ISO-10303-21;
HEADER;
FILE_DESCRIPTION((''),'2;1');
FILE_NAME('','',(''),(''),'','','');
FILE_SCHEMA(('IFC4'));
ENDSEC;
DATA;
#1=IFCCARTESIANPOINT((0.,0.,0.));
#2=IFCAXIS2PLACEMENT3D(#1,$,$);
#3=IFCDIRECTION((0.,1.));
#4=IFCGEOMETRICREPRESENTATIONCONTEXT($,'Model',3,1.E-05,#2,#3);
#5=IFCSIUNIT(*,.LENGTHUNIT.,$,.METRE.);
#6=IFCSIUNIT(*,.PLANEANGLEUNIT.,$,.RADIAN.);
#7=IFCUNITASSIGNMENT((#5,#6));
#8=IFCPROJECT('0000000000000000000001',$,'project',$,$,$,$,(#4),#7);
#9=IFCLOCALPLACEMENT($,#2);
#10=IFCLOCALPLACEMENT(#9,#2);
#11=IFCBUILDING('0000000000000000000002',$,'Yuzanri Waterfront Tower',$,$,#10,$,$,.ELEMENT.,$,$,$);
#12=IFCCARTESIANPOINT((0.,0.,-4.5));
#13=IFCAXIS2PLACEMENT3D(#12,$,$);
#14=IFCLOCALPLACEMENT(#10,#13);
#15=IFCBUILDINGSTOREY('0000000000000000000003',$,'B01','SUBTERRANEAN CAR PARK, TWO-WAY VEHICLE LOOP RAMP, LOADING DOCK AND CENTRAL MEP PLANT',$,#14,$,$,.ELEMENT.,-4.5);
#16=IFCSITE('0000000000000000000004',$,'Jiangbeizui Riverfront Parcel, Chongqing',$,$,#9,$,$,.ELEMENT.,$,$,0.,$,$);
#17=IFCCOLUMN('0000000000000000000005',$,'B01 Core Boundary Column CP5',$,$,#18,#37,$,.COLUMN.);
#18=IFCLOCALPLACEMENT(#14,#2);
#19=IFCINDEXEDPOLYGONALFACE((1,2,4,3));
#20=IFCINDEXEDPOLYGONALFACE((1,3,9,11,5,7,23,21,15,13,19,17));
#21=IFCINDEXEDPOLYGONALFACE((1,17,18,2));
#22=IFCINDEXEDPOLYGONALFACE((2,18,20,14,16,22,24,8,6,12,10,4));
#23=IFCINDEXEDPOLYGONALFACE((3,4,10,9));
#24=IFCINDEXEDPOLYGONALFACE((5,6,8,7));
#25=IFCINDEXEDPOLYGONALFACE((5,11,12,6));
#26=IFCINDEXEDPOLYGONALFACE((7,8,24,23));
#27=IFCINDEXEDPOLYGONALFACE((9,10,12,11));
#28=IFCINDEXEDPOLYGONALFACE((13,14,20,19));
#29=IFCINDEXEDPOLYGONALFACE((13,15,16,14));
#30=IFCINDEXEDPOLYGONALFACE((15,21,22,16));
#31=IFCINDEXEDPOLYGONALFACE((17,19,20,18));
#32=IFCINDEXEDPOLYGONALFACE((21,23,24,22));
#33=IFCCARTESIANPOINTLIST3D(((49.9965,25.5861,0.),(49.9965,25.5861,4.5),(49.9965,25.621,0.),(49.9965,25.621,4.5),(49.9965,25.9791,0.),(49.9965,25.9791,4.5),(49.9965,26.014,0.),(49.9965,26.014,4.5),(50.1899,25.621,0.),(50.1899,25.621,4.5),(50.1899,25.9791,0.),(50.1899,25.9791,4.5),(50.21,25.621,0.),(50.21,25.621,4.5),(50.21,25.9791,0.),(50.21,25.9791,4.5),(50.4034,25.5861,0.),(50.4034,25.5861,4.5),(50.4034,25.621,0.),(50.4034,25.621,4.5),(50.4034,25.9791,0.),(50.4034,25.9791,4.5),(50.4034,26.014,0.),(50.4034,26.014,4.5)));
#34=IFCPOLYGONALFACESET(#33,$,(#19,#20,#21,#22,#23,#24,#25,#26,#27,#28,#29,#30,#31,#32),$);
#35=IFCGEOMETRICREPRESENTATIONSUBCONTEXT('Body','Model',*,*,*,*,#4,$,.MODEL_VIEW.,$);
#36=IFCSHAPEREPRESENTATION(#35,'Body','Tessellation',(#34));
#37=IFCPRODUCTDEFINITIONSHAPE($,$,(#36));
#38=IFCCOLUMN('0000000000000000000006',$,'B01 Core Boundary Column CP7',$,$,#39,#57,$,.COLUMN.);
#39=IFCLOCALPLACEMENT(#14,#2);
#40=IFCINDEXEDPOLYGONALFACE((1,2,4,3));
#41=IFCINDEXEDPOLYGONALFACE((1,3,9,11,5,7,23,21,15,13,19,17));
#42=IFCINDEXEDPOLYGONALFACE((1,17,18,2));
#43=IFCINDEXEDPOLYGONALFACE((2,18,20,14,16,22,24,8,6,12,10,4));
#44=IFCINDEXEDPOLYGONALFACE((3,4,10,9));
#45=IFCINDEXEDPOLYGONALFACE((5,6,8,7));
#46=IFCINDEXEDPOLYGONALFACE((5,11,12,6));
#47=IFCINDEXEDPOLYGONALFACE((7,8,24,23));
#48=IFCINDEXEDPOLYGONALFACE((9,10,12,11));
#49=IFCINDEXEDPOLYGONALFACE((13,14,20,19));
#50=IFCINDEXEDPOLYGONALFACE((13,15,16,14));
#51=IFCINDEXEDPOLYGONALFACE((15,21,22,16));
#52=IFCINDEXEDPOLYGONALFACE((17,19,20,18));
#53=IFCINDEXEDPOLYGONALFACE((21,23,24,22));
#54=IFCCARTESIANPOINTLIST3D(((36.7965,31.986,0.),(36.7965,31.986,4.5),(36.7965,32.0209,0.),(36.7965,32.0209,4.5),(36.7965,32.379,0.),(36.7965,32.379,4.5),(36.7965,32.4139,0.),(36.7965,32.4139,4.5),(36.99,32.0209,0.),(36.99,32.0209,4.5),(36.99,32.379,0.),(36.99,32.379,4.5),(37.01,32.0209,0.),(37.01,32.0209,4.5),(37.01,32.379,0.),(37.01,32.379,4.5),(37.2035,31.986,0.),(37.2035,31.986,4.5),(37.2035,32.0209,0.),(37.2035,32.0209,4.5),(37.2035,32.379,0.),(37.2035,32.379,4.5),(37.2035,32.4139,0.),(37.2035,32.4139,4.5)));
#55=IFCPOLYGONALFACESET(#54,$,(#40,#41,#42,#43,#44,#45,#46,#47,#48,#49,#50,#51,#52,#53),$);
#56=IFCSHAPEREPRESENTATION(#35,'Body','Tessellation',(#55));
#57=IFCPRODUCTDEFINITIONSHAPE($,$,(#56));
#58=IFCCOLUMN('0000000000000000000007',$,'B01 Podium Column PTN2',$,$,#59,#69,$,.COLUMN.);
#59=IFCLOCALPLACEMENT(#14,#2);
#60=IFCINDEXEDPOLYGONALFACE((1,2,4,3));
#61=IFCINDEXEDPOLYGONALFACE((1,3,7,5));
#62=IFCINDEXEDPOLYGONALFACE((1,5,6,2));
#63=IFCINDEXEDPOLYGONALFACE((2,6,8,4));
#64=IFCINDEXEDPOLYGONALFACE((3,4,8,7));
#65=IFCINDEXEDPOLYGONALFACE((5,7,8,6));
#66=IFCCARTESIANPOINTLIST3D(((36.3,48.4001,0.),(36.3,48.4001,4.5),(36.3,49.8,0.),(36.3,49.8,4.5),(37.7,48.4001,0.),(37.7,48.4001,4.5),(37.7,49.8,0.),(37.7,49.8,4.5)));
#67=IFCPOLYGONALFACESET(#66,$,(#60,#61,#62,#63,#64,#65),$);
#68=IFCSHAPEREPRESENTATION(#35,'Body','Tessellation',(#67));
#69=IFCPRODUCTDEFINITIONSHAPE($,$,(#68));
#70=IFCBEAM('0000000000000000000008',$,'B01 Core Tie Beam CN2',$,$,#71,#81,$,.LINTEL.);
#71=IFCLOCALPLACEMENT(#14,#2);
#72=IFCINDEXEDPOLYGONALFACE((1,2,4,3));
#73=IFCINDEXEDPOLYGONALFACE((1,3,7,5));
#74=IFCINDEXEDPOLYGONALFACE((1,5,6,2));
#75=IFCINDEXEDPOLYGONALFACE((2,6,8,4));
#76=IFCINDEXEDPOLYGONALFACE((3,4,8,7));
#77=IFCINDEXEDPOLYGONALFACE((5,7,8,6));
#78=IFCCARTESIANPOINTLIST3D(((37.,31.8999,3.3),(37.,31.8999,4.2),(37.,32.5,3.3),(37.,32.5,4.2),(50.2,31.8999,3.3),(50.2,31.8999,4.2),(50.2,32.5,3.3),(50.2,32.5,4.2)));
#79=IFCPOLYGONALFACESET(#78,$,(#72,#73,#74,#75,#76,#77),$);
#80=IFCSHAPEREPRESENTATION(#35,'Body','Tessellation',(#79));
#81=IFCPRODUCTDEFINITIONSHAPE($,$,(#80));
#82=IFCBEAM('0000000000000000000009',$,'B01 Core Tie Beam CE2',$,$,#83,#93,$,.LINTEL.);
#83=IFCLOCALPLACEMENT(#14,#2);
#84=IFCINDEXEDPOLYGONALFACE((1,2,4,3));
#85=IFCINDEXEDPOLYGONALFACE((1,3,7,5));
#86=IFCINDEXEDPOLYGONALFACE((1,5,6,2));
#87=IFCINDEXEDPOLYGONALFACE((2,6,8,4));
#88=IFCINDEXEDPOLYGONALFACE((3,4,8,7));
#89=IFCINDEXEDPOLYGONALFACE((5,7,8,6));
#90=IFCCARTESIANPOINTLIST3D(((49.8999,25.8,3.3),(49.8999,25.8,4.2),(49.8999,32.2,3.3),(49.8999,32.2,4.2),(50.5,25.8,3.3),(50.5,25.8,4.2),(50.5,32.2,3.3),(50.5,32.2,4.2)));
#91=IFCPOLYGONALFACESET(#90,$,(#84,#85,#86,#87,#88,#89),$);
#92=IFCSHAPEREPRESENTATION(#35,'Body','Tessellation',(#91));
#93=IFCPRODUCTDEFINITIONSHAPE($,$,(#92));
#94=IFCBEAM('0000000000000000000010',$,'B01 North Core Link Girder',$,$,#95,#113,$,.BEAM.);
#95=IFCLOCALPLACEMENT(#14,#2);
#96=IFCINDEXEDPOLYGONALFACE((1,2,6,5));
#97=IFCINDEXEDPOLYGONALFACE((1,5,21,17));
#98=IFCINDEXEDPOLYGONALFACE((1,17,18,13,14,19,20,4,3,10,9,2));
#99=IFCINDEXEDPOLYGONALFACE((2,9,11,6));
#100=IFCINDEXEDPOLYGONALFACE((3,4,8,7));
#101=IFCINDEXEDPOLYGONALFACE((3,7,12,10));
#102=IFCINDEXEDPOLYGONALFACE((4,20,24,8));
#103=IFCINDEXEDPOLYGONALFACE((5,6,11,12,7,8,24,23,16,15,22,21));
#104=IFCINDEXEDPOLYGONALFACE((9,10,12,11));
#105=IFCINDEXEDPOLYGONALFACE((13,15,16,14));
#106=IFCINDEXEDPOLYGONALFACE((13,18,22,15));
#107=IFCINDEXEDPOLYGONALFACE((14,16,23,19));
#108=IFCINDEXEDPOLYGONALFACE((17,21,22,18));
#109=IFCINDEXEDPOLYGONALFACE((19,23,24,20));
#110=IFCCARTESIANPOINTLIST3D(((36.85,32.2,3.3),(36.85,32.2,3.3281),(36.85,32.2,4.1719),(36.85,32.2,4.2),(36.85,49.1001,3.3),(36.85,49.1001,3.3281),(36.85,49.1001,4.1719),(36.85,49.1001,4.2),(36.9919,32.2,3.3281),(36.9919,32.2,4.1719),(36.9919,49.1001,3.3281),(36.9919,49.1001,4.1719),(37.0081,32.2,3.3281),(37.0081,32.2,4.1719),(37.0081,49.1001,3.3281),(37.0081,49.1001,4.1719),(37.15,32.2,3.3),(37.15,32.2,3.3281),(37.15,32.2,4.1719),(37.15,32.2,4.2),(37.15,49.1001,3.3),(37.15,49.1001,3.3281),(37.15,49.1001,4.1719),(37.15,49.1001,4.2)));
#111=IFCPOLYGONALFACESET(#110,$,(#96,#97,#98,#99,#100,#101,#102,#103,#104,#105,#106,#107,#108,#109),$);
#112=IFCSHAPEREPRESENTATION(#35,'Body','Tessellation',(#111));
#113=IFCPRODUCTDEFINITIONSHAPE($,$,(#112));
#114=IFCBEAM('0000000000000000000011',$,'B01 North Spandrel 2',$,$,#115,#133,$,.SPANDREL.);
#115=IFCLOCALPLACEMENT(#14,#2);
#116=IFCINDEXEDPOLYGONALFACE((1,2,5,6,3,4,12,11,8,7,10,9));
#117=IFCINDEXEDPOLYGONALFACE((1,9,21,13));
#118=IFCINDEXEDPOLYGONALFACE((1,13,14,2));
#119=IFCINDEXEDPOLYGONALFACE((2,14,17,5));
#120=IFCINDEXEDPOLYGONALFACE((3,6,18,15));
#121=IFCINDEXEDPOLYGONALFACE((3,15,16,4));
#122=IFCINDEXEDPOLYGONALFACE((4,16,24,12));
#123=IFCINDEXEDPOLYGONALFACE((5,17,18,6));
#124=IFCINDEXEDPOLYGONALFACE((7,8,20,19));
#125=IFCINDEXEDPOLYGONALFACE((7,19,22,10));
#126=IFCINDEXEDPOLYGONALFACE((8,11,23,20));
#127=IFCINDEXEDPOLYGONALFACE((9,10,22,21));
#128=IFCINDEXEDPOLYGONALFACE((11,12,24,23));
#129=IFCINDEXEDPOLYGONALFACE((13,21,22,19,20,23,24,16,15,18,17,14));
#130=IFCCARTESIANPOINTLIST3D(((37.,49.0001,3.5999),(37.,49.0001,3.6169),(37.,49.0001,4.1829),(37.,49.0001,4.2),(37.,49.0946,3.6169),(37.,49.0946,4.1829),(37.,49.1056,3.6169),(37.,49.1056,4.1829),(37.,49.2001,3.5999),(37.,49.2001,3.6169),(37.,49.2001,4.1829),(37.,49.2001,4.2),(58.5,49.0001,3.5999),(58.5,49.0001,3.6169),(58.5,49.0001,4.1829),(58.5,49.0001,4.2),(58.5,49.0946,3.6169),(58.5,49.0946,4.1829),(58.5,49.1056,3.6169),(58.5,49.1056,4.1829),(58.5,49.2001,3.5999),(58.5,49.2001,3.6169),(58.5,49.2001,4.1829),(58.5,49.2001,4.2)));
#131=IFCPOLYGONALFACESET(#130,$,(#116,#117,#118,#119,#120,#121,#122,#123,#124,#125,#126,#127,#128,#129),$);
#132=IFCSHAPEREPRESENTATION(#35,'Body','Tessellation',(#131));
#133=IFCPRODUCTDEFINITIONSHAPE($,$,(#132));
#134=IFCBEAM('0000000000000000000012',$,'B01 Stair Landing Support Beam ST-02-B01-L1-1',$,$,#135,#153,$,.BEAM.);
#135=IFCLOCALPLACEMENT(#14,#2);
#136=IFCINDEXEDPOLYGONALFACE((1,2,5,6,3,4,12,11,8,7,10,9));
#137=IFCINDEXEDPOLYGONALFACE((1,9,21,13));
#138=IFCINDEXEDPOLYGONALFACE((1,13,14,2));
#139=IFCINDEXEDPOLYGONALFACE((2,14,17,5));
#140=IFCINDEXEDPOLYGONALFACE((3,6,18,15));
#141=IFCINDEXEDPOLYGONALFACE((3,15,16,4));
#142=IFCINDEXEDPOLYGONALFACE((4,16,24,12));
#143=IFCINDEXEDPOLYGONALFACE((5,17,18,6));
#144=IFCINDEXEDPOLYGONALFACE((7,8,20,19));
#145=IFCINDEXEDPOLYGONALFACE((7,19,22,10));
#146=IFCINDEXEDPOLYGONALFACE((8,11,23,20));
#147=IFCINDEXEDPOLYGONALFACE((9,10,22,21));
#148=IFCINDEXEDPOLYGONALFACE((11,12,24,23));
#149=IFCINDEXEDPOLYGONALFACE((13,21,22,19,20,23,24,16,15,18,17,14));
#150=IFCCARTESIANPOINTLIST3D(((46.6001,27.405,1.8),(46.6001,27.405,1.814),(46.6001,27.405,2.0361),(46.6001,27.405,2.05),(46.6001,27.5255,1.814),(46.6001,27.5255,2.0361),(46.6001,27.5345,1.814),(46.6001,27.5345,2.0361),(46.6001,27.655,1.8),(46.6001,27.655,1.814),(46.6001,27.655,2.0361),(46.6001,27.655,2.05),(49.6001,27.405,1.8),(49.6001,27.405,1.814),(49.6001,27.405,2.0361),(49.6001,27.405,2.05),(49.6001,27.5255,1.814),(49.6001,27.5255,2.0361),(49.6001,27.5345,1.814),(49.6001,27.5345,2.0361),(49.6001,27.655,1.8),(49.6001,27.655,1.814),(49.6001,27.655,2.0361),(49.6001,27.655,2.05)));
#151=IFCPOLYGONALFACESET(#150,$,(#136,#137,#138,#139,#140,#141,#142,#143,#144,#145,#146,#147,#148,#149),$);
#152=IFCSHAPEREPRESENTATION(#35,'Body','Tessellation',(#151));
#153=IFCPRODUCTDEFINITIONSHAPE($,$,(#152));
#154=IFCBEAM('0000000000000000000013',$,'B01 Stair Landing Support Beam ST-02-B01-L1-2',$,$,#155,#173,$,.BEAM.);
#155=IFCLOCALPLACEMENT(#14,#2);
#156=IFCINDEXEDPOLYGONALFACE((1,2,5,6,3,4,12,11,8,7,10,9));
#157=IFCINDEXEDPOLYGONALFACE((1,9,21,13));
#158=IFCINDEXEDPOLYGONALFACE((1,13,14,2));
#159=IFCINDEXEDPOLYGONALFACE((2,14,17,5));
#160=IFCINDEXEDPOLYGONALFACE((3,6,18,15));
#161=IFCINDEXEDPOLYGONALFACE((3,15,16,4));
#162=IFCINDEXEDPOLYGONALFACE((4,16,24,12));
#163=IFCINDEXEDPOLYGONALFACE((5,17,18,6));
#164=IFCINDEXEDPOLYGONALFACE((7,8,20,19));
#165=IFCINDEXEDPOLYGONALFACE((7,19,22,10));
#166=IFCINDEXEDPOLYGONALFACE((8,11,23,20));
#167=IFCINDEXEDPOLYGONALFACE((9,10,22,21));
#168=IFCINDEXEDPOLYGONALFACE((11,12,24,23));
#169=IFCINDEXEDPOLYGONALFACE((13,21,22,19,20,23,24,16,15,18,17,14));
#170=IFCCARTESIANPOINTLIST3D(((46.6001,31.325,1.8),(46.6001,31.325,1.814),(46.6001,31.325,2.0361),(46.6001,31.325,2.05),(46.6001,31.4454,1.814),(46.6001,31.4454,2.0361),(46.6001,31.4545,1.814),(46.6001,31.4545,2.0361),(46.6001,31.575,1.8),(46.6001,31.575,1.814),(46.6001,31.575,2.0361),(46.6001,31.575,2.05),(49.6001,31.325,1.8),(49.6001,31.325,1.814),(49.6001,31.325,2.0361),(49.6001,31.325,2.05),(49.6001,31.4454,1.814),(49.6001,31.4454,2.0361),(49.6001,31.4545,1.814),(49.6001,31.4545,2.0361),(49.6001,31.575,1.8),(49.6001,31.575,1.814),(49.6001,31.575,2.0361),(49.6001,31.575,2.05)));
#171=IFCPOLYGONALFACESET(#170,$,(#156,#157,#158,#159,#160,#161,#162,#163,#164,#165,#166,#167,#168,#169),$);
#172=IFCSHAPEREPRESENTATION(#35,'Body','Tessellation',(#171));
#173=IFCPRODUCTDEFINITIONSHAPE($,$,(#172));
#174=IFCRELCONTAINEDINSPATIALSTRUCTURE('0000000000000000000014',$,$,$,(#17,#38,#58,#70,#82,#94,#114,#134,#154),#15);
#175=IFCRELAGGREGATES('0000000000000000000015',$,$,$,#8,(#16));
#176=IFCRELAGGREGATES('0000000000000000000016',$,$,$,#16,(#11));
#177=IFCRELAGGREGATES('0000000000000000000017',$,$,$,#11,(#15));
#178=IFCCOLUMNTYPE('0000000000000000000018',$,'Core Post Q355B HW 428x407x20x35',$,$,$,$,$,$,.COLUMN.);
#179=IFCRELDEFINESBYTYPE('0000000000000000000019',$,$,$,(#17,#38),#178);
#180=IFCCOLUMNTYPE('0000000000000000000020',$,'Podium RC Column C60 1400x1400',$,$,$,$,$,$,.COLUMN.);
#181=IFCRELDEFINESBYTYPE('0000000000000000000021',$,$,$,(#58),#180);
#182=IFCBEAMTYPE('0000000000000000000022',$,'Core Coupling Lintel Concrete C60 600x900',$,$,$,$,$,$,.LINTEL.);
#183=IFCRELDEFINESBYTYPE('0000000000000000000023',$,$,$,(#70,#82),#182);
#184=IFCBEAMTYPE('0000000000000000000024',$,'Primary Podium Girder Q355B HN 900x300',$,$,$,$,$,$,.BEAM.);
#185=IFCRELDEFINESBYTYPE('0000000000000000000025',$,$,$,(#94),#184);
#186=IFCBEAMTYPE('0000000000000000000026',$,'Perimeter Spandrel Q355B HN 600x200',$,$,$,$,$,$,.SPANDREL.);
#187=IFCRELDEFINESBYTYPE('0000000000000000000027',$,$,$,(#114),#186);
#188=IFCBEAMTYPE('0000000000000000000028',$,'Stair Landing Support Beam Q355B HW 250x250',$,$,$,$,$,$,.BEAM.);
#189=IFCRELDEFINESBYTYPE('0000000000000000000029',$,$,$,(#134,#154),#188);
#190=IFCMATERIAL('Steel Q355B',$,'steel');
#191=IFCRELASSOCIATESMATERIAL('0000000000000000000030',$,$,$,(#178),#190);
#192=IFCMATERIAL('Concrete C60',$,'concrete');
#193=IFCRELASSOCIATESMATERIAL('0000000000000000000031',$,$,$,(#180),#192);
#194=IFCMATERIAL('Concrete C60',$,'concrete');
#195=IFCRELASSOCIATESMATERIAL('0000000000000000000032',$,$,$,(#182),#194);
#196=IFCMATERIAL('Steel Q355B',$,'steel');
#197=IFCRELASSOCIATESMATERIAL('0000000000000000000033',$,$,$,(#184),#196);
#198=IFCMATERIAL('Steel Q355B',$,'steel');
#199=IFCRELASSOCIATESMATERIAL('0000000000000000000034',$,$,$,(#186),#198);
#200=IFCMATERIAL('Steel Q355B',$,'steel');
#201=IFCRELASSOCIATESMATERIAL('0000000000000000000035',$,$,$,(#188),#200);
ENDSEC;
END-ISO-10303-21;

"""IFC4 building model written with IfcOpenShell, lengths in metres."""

from ifc_helpers import new_model, si_unit, direction, frame, origin, origin_2d, place, context, subcontext, project, spatial, rectangle, i_section, extrude, source, transform, mapped, material, material_profile, profile_set, type_object, element, save


model = new_model("IFC4")

# Units and contexts
model_context = context("Model", 3, precision=1e-05, world=origin(), true_north=direction((0.0, 1.0)))
body_context = subcontext(model_context, "Body", "Model", "MODEL_VIEW")
ifc_project = project(units=[si_unit("LENGTHUNIT", "METRE"), si_unit("PLANEANGLEUNIT", "RADIAN")], contexts=[model_context])

# Site, building, storey
site_placement = place(None, origin())
site = spatial("IfcSite", under=ifc_project, at=site_placement, Name="Jiangbeizui Riverfront Parcel, Chongqing", CompositionType="ELEMENT", RefElevation=0.0)
building_placement = place(site_placement, origin())
building = spatial("IfcBuilding", under=site, at=building_placement, Name="Yuzanri Waterfront Tower", CompositionType="ELEMENT")
storey_placement = place(building_placement, frame((0.0, 0.0, -4.5)))
storey = spatial("IfcBuildingStorey", under=building, at=storey_placement, Name="B01", Description="SUBTERRANEAN CAR PARK, TWO-WAY VEHICLE LOOP RAMP, LOADING DOCK AND CENTRAL MEP PLANT", CompositionType="ELEMENT", Elevation=-4.5)

# Columns
ifc_material_1 = material(Name="Steel Q355B", Category="steel")
ifc_material_profile_1 = material_profile(ifc_material_1, i_section(OverallWidth=0.407, OverallDepth=0.428, WebThickness=0.02, FlangeThickness=0.0349, at=origin_2d()), Name="HW 428x407x20x35")
ifc_profile_set_1 = profile_set([ifc_material_profile_1], Name="Steel Q355B")
column_type_1 = type_object("IfcColumnType", Name="Core Post Q355B HW 428x407x20x35", PredefinedType="COLUMN", material=ifc_profile_set_1)
shared_shape_1 = source(origin(), body_context, "Body", "SweptSolid", [
    extrude(i_section(OverallWidth=0.407, OverallDepth=0.428, WebThickness=0.02, FlangeThickness=0.0349, at=origin_2d()), origin(), (0.0, 0.0, 1.0), 4.5),
])
for number, where, z_axis, x_axis, name in (
    (1, (50.2, 25.8, 0.0), (0.0, 0.0, 1.0), (1.0, 0.0, 0.0), "B01 Core Boundary Column CP5"),
    (2, (37.0, 32.2, 0.0), (0.0, 0.0, 1.0), (1.0, 0.0, 0.0), "B01 Core Boundary Column CP7"),
):
    element("IfcColumn", number, at=place(storey_placement, frame(where, z_axis=z_axis, x_axis=x_axis)), inside=storey, type_object=column_type_1, Name=name, PredefinedType="COLUMN", context=body_context, shape_type="MappedRepresentation", body=[
        mapped(shared_shape_1, transform((0.0, 0.0, 0.0), scale=1.0)),
    ])
ifc_material_2 = material(Name="Concrete C60", Category="concrete")
ifc_material_profile_2 = material_profile(ifc_material_2, rectangle(XDim=1.3999, YDim=1.3999, at=origin_2d()), Name="RC 1400x1400")
ifc_profile_set_2 = profile_set([ifc_material_profile_2], Name="Concrete C60")
column_type_2 = type_object("IfcColumnType", Name="Podium RC Column C60 1400x1400", PredefinedType="COLUMN", material=ifc_profile_set_2)
shared_shape_2 = source(origin(), body_context, "Body", "SweptSolid", [
    extrude(rectangle(XDim=1.3999, YDim=1.3999, at=origin_2d()), origin(), (0.0, 0.0, 1.0), 4.5),
])
column_placement = place(storey_placement, frame((37.0, 49.1001, 0.0), z_axis=(0.0, 0.0, 1.0), x_axis=(1.0, 0.0, 0.0)))
element("IfcColumn", 3, at=column_placement, inside=storey, type_object=column_type_2, Name="B01 Podium Column PTN2", PredefinedType="COLUMN", context=body_context, shape_type="MappedRepresentation", body=[
    mapped(shared_shape_2, transform((0.0, 0.0, 0.0), scale=1.0)),
])

# Beams
ifc_material_3 = material(Name="Concrete C60", Category="concrete")
ifc_material_profile_3 = material_profile(ifc_material_3, rectangle(XDim=0.6001, YDim=0.8999, at=origin_2d()), Name="RC 600x900")
ifc_profile_set_3 = profile_set([ifc_material_profile_3], Name="Concrete C60")
beam_type_1 = type_object("IfcBeamType", Name="Core Coupling Lintel Concrete C60 600x900", PredefinedType="LINTEL", material=ifc_profile_set_3)
shared_shape_3 = source(origin(), body_context, "Body", "SweptSolid", [
    extrude(rectangle(XDim=0.6001, YDim=0.8999, at=origin_2d()), origin(), (0.0, 0.0, 1.0), 13.2),
])
beam_1_placement = place(storey_placement, frame((37.0, 32.2, 3.75), z_axis=(1.0, 0.0, 0.0), x_axis=(0.0, 1.0, 0.0)))
element("IfcBeam", 4, at=beam_1_placement, inside=storey, type_object=beam_type_1, Name="B01 Core Tie Beam CN2", PredefinedType="LINTEL", context=body_context, shape_type="MappedRepresentation", body=[
    mapped(shared_shape_3, transform((0.0, 0.0, 0.0), scale=1.0)),
])
shared_shape_4 = source(origin(), body_context, "Body", "SweptSolid", [
    extrude(rectangle(XDim=0.6001, YDim=0.8999, at=origin_2d()), origin(), (0.0, 0.0, 1.0), 6.3999),
])
beam_2_placement = place(storey_placement, frame((50.2, 25.8, 3.75), z_axis=(0.0, 1.0, 0.0), x_axis=(-1.0, 0.0, 0.0)))
element("IfcBeam", 5, at=beam_2_placement, inside=storey, type_object=beam_type_1, Name="B01 Core Tie Beam CE2", PredefinedType="LINTEL", context=body_context, shape_type="MappedRepresentation", body=[
    mapped(shared_shape_4, transform((0.0, 0.0, 0.0), scale=1.0)),
])
ifc_material_4 = material(Name="Steel Q355B", Category="steel")
ifc_material_profile_4 = material_profile(ifc_material_4, i_section(OverallWidth=0.3, OverallDepth=0.8999, WebThickness=0.0161, FlangeThickness=0.0281, at=origin_2d()), Name="HN 900x300x16x28")
ifc_profile_set_4 = profile_set([ifc_material_profile_4], Name="Steel Q355B")
beam_type_2 = type_object("IfcBeamType", Name="Primary Podium Girder Q355B HN 900x300", PredefinedType="BEAM", material=ifc_profile_set_4)
shared_shape_5 = source(origin(), body_context, "Body", "SweptSolid", [
    extrude(i_section(OverallWidth=0.3, OverallDepth=0.8999, WebThickness=0.0161, FlangeThickness=0.0281, at=origin_2d()), origin(), (0.0, 0.0, 1.0), 16.9001),
])
beam_3_placement = place(storey_placement, frame((37.0, 32.2, 3.75), z_axis=(0.0, 1.0, 0.0), x_axis=(-1.0, 0.0, 0.0)))
element("IfcBeam", 6, at=beam_3_placement, inside=storey, type_object=beam_type_2, Name="B01 North Core Link Girder", PredefinedType="BEAM", context=body_context, shape_type="MappedRepresentation", body=[
    mapped(shared_shape_5, transform((0.0, 0.0, 0.0), scale=1.0)),
])
ifc_material_5 = material(Name="Steel Q355B", Category="steel")
ifc_material_profile_5 = material_profile(ifc_material_5, i_section(OverallWidth=0.2, OverallDepth=0.6001, WebThickness=0.011, FlangeThickness=0.0171, at=origin_2d()), Name="HN 600x200x11x17")
ifc_profile_set_5 = profile_set([ifc_material_profile_5], Name="Steel Q355B")
beam_type_3 = type_object("IfcBeamType", Name="Perimeter Spandrel Q355B HN 600x200", PredefinedType="SPANDREL", material=ifc_profile_set_5)
shared_shape_6 = source(origin(), body_context, "Body", "SweptSolid", [
    extrude(i_section(OverallWidth=0.2, OverallDepth=0.6001, WebThickness=0.011, FlangeThickness=0.0171, at=origin_2d()), origin(), (0.0, 0.0, 1.0), 21.5),
])
beam_4_placement = place(storey_placement, frame((37.0, 49.1001, 3.8999), z_axis=(1.0, 0.0, 0.0), x_axis=(0.0, 1.0, 0.0)))
element("IfcBeam", 7, at=beam_4_placement, inside=storey, type_object=beam_type_3, Name="B01 North Spandrel 2", PredefinedType="SPANDREL", context=body_context, shape_type="MappedRepresentation", body=[
    mapped(shared_shape_6, transform((0.0, 0.0, 0.0), scale=1.0)),
])
ifc_material_6 = material(Name="Steel Q355B", Category="steel")
ifc_material_profile_6 = material_profile(ifc_material_6, i_section(OverallWidth=0.25, OverallDepth=0.25, WebThickness=0.009, FlangeThickness=0.0139, at=origin_2d()), Name="HW 250x250x9x14")
ifc_profile_set_6 = profile_set([ifc_material_profile_6], Name="Steel Q355B")
beam_type_4 = type_object("IfcBeamType", Name="Stair Landing Support Beam Q355B HW 250x250", PredefinedType="BEAM", material=ifc_profile_set_6)
shared_shape_7 = source(origin(), body_context, "Body", "SweptSolid", [
    extrude(i_section(OverallWidth=0.25, OverallDepth=0.25, WebThickness=0.009, FlangeThickness=0.0139, at=origin_2d()), origin(), (0.0, 0.0, 1.0), 3.0),
])
for number, where, z_axis, x_axis, name in (
    (8, (46.6001, 27.53, 1.925), (1.0, 0.0, 0.0), (0.0, 1.0, 0.0), "B01 Stair Landing Support Beam ST-02-B01-L1-1"),
    (9, (46.6001, 31.45, 1.925), (1.0, 0.0, 0.0), (0.0, 1.0, 0.0), "B01 Stair Landing Support Beam ST-02-B01-L1-2"),
):
    element("IfcBeam", number, at=place(storey_placement, frame(where, z_axis=z_axis, x_axis=x_axis)), inside=storey, type_object=beam_type_4, Name=name, PredefinedType="BEAM", context=body_context, shape_type="MappedRepresentation", body=[
        mapped(shared_shape_7, transform((0.0, 0.0, 0.0), scale=1.0)),
    ])

save(model, "model.ifc")
